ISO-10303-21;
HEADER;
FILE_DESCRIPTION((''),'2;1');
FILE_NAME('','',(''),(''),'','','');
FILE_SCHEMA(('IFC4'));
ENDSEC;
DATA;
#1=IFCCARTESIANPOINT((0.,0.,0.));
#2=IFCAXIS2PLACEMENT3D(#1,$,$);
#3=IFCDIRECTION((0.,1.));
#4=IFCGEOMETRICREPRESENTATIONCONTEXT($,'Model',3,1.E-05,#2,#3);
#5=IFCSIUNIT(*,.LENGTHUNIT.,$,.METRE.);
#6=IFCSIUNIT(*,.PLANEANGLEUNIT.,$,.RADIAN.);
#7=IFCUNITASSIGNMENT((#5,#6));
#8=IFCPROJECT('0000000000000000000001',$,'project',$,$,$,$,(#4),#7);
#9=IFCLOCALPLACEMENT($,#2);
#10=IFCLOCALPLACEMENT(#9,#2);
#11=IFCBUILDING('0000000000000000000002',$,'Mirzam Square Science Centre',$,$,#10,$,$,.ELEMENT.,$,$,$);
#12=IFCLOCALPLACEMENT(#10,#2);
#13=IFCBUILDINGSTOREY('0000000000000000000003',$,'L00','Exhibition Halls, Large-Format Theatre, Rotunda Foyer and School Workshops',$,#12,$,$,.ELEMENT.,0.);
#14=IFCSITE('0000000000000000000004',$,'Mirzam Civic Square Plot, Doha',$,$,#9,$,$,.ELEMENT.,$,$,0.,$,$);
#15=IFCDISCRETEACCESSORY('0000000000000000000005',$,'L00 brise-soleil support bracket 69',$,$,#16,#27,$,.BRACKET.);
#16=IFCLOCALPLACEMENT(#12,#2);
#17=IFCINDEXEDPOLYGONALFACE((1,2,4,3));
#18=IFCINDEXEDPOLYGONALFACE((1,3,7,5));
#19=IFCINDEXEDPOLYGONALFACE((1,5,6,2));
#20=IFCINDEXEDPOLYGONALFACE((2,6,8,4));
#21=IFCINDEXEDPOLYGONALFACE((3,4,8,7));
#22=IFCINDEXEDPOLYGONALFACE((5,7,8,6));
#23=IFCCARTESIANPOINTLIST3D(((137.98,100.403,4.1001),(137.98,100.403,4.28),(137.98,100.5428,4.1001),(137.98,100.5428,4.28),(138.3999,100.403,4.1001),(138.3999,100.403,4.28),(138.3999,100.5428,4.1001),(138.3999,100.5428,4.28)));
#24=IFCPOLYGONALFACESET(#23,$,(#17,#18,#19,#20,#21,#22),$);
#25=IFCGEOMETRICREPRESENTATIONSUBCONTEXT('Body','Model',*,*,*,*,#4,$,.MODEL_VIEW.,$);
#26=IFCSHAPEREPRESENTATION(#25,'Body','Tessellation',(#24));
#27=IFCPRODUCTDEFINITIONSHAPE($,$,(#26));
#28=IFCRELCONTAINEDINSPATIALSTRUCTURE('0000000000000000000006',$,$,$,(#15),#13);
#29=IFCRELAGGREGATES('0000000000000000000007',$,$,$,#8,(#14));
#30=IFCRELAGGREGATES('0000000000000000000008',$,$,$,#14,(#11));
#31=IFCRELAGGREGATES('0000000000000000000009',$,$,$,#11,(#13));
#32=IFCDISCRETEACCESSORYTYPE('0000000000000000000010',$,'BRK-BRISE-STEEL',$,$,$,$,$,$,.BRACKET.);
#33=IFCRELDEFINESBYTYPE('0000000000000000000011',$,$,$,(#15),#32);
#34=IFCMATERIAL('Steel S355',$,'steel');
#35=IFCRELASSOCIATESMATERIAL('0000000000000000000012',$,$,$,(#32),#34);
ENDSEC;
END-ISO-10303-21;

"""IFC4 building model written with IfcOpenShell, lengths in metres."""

from ifc_helpers import new_model, si_unit, direction, frame, origin, origin_2d, place, context, subcontext, project, spatial, rectangle, extrude, material, type_object, element, save


model = new_model("IFC4")

# Units and contexts
model_context = context("Model", 3, precision=1e-05, world=origin(), true_north=direction((0.0, 1.0)))
body_context = subcontext(model_context, "Body", "Model", "MODEL_VIEW")
ifc_project = project(units=[si_unit("LENGTHUNIT", "METRE"), si_unit("PLANEANGLEUNIT", "RADIAN")], contexts=[model_context])

# Site, building, storey
site_placement = place(None, origin())
site = spatial("IfcSite", under=ifc_project, at=site_placement, Name="Mirzam Civic Square Plot, Doha", CompositionType="ELEMENT", RefElevation=0.0)
building_placement = place(site_placement, origin())
building = spatial("IfcBuilding", under=site, at=building_placement, Name="Mirzam Square Science Centre", CompositionType="ELEMENT")
storey_placement = place(building_placement, origin())
storey = spatial("IfcBuildingStorey", under=building, at=storey_placement, Name="L00", Description="Exhibition Halls, Large-Format Theatre, Rotunda Foyer and School Workshops", CompositionType="ELEMENT", Elevation=0.0)

# Shared definitions
ifc_material_1 = material(Name="Steel S355", Category="steel")

# Discrete accessory
discrete_accessory_type = type_object("IfcDiscreteAccessoryType", Name="BRK-BRISE-STEEL", PredefinedType="BRACKET", material=ifc_material_1)
discrete_accessory_placement = place(storey_placement, frame((138.1899, 100.4729, 4.1001), z_axis=(0.0, 0.0, 1.0), x_axis=(0.0, 1.0, 0.0)))
element("IfcDiscreteAccessory", 1, at=discrete_accessory_placement, inside=storey, type_object=discrete_accessory_type, Name="L00 brise-soleil support bracket 69", PredefinedType="BRACKET", context=body_context, shape_type="SweptSolid", body=[
    extrude(rectangle(XDim=0.1399, YDim=0.4199, at=origin_2d()), origin(), (0.0, 0.0, 1.0), 0.1799),
])

save(model, "model.ifc")
